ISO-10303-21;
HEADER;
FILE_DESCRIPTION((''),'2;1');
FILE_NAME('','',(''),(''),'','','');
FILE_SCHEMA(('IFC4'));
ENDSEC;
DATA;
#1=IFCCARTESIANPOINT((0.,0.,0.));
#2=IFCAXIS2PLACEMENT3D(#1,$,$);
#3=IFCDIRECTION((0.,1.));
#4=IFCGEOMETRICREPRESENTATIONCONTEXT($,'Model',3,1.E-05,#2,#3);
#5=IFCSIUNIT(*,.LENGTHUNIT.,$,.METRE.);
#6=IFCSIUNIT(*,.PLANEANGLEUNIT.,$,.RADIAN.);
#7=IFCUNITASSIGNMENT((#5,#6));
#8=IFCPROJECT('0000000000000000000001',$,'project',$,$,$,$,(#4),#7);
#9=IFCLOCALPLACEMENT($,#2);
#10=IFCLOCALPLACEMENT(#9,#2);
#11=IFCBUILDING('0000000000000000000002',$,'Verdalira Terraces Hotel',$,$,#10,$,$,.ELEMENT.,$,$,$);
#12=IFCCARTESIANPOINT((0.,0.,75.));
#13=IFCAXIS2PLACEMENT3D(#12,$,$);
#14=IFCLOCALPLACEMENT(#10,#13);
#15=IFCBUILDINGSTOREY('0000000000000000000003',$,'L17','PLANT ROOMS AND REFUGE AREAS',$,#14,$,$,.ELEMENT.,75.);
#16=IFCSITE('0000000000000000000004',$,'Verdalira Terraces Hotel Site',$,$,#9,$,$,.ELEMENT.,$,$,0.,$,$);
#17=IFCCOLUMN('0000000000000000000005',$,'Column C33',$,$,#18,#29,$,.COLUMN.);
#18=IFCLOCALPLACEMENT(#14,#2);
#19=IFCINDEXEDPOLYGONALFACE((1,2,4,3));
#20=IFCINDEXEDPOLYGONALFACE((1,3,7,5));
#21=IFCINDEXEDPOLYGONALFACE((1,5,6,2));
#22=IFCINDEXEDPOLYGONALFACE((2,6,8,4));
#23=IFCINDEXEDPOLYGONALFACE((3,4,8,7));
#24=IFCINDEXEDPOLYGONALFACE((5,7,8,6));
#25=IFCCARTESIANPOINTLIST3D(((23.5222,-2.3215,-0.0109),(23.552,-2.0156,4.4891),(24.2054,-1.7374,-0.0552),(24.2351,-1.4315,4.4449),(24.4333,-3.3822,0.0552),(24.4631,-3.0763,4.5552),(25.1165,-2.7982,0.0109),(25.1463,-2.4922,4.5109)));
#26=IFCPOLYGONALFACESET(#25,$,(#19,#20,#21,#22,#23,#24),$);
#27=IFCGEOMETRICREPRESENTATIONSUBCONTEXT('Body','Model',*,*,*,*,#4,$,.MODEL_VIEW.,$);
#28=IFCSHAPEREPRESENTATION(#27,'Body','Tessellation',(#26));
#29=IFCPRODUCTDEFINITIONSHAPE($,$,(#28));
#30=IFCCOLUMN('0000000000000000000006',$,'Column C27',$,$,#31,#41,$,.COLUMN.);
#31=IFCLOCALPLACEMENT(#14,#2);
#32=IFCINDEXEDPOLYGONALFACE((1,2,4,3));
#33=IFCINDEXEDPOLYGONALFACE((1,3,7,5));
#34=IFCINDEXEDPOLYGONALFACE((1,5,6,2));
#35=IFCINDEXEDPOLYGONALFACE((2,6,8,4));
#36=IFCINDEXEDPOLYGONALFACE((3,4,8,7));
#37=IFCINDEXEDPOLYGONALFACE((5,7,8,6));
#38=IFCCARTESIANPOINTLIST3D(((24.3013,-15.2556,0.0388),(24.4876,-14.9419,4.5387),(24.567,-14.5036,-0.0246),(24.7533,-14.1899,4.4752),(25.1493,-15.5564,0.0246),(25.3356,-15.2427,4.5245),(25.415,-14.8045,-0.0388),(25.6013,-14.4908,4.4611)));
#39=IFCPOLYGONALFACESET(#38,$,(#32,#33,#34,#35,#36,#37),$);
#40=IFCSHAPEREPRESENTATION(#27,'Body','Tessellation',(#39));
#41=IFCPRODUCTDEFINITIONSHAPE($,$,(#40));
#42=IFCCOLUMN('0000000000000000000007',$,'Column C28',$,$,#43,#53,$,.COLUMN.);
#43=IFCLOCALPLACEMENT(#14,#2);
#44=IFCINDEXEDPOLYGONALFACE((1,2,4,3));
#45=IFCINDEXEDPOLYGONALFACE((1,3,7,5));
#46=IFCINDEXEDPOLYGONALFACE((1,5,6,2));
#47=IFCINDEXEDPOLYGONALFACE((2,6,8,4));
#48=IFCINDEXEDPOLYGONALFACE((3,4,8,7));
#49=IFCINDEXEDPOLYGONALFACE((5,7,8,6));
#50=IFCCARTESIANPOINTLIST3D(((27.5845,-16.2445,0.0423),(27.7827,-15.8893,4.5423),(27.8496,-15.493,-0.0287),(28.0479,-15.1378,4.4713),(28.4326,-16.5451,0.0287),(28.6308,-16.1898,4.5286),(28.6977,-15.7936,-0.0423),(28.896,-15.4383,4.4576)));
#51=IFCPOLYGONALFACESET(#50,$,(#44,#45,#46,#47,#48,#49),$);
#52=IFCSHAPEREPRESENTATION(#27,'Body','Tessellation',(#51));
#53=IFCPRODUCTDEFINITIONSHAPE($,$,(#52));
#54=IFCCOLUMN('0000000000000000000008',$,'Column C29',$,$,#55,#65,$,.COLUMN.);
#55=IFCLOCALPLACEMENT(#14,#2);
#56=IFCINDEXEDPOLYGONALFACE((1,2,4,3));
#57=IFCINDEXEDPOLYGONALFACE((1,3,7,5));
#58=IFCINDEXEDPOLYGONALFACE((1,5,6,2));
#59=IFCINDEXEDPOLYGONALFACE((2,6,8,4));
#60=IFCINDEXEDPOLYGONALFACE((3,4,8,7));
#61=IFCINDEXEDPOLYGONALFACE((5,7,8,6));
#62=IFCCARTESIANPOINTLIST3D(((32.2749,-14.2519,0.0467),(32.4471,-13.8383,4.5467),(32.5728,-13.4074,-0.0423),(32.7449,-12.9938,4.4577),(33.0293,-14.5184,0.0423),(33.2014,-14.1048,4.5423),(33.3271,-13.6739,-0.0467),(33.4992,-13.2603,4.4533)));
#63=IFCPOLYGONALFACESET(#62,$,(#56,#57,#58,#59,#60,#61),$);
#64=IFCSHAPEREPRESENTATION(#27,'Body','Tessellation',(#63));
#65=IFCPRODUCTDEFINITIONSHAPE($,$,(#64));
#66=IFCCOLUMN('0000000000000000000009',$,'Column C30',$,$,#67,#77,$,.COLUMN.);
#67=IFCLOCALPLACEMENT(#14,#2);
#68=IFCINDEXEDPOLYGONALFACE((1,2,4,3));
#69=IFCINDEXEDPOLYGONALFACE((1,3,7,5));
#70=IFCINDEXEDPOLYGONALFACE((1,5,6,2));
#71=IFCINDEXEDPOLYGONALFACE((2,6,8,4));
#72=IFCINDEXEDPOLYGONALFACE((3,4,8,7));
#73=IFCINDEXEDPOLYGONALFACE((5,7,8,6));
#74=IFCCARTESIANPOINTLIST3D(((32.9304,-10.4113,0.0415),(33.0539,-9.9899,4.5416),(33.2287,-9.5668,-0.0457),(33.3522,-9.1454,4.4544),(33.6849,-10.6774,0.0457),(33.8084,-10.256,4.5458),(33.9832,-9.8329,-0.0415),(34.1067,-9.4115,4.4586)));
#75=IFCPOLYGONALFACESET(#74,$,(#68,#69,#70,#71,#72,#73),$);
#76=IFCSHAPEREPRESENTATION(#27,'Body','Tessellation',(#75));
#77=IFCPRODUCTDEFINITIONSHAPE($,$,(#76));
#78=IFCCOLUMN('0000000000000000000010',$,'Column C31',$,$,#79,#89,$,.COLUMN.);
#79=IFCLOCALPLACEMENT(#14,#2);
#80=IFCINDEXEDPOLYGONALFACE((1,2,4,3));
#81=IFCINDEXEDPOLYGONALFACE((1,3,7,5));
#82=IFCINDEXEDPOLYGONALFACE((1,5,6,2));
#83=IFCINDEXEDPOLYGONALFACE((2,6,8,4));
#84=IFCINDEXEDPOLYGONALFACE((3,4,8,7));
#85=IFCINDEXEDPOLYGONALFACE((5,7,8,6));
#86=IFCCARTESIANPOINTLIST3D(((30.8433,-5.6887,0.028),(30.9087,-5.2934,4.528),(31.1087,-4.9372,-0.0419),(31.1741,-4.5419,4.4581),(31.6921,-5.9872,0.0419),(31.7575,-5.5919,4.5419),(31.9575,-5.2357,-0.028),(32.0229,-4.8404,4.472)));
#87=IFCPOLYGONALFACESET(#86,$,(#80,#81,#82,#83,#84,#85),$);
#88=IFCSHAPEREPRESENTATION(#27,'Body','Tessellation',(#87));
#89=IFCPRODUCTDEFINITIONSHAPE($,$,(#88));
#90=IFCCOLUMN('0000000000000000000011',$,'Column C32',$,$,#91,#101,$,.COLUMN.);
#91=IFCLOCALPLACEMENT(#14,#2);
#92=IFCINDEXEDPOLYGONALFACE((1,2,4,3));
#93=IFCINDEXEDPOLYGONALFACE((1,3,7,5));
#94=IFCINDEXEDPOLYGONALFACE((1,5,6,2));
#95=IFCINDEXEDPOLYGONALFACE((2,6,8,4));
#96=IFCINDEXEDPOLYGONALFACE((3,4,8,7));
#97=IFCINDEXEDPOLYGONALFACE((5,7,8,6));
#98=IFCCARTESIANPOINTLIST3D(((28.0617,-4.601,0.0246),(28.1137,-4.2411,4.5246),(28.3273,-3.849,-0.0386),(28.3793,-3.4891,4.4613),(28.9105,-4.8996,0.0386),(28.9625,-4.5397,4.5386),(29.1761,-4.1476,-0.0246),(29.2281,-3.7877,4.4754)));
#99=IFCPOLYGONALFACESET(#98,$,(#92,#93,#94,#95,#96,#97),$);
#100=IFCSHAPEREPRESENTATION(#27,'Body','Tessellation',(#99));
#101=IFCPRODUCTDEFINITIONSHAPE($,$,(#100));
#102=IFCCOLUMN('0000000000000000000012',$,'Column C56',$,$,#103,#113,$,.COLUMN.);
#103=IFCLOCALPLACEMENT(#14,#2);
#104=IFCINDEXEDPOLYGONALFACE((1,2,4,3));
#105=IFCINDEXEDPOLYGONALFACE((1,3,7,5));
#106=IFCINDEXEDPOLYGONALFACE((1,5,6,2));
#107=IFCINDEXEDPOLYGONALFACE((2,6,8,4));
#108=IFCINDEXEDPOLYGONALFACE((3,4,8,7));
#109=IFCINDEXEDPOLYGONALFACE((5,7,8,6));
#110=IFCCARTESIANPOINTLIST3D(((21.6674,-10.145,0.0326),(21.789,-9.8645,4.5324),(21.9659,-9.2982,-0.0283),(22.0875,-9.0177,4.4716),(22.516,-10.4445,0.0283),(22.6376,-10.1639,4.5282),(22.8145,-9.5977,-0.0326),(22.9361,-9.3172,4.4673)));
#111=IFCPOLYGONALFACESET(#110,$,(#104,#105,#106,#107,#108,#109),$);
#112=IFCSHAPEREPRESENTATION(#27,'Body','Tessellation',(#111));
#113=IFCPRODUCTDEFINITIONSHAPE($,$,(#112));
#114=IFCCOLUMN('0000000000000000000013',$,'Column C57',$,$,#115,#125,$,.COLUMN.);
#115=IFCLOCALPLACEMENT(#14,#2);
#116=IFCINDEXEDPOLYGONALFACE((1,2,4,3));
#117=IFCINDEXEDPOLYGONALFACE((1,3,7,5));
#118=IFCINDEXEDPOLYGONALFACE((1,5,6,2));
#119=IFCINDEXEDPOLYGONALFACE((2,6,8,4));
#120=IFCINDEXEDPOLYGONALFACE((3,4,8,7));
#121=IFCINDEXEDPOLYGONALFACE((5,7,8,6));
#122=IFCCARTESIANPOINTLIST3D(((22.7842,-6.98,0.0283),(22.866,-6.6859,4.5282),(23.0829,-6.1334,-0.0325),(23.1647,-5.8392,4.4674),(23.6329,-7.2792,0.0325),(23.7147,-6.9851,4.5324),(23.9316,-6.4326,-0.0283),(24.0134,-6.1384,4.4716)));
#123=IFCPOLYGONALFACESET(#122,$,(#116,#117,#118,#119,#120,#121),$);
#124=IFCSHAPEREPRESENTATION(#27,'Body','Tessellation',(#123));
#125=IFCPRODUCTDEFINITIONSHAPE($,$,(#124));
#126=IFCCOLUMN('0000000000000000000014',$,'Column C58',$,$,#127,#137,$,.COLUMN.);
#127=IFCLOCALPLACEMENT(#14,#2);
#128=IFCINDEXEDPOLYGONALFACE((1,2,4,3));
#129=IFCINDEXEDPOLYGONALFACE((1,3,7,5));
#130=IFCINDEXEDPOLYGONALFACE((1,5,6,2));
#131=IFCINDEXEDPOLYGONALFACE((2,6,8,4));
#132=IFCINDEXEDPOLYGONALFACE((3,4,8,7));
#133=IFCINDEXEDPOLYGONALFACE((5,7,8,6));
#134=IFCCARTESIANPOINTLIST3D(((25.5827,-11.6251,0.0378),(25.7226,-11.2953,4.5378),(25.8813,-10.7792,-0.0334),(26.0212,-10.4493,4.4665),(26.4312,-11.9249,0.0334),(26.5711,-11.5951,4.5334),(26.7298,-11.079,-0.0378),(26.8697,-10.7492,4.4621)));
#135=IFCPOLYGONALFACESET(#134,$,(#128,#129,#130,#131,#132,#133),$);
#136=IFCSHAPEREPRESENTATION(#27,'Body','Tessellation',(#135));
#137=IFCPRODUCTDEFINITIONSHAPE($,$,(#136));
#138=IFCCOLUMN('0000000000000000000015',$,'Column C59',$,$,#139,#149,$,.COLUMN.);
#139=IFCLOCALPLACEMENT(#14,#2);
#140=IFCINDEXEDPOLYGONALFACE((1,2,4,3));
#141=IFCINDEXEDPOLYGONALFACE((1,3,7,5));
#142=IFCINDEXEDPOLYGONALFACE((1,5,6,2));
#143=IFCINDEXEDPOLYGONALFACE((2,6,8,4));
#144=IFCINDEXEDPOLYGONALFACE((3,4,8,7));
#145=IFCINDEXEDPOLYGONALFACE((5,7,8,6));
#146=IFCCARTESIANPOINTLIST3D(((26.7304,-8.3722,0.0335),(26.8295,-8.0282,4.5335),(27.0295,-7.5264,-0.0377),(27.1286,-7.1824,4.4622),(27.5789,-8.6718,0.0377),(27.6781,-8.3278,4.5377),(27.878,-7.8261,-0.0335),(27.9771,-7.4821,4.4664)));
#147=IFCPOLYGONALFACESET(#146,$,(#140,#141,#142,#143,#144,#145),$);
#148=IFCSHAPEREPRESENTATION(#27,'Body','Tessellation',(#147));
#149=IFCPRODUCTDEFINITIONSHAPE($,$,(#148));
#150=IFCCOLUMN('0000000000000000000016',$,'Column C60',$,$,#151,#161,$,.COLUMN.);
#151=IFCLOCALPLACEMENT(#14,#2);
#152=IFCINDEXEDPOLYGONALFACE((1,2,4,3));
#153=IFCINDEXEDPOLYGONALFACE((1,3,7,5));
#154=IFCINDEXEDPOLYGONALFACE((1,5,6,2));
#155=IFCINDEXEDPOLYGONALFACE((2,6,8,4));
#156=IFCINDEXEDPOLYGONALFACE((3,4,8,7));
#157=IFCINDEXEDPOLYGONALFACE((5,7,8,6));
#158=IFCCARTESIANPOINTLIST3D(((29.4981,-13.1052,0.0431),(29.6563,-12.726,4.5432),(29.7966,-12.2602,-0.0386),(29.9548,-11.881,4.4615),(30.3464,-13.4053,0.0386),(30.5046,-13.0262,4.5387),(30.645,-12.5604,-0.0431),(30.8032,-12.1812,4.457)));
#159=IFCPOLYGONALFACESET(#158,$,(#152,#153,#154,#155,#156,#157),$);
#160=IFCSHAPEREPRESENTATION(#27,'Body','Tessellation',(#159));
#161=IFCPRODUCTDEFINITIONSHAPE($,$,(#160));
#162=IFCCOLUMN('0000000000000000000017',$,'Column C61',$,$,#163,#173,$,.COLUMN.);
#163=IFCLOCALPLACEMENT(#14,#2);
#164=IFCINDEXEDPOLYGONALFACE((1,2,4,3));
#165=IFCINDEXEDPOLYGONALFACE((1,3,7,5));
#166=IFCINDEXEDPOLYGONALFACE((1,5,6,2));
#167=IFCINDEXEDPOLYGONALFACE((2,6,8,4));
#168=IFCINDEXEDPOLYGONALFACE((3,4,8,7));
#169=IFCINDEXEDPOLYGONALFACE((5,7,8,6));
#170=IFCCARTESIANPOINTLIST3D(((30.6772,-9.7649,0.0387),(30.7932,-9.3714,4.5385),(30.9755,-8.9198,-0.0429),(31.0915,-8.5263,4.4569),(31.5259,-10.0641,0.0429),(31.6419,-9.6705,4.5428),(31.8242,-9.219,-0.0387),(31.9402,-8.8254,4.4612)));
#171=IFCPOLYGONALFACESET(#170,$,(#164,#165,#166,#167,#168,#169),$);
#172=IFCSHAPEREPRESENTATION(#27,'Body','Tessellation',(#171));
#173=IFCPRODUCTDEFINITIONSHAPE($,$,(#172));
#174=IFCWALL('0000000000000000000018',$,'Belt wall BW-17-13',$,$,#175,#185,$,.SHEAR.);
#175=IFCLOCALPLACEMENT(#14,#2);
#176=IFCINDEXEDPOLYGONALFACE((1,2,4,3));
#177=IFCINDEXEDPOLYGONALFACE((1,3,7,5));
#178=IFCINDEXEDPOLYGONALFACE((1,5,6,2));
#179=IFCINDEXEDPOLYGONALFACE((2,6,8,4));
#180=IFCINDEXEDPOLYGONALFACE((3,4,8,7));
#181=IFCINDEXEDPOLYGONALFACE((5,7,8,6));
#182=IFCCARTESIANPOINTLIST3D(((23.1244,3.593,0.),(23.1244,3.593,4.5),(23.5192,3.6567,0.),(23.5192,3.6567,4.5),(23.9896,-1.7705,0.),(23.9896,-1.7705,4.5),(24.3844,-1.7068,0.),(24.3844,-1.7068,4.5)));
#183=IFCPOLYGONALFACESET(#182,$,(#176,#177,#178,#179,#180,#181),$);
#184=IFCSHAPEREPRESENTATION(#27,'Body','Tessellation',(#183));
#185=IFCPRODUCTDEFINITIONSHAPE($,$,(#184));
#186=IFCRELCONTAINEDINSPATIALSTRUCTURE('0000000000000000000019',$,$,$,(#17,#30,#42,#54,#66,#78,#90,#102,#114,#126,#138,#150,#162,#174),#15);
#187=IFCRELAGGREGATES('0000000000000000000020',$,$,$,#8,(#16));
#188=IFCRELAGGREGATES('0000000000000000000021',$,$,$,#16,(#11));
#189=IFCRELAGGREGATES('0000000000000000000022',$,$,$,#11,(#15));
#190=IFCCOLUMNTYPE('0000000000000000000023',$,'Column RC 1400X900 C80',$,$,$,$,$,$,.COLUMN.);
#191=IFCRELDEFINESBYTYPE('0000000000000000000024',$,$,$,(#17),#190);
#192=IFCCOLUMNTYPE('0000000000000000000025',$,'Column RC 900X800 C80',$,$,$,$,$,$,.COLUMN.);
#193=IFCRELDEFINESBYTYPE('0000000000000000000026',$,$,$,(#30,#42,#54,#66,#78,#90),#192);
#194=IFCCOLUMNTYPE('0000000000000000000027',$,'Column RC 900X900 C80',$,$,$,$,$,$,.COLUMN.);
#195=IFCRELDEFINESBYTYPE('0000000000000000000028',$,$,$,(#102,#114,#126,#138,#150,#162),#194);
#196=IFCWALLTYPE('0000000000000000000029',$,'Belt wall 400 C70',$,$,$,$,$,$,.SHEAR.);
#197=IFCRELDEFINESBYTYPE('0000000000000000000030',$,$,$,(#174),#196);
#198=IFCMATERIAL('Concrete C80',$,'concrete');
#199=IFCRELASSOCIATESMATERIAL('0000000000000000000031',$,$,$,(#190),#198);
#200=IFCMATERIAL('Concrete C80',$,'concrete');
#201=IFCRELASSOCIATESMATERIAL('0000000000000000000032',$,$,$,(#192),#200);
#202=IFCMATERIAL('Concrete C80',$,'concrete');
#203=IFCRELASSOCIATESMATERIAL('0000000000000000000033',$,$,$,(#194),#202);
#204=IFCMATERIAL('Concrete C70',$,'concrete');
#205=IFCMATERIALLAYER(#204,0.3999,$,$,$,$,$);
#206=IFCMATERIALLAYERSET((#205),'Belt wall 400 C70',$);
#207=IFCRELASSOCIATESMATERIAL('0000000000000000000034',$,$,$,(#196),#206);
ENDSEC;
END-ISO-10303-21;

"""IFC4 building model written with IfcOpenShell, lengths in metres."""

from ifc_helpers import new_model, si_unit, direction, frame, frame_2d, origin, origin_2d, place, context, subcontext, project, spatial, rectangle, extrude, material, layer, layer_set, material_profile, profile_set, type_object, element, save


model = new_model("IFC4")

# Units and contexts
model_context = context("Model", 3, precision=1e-05, world=origin(), true_north=direction((0.0, 1.0)))
body_context = subcontext(model_context, "Body", "Model", "MODEL_VIEW")
ifc_project = project(units=[si_unit("LENGTHUNIT", "METRE"), si_unit("PLANEANGLEUNIT", "RADIAN")], contexts=[model_context])

# Site, building, storey
site_placement = place(None, origin())
site = spatial("IfcSite", under=ifc_project, at=site_placement, Name="Verdalira Terraces Hotel Site", CompositionType="ELEMENT", RefElevation=0.0)
building_placement = place(site_placement, origin())
building = spatial("IfcBuilding", under=site, at=building_placement, Name="Verdalira Terraces Hotel", CompositionType="ELEMENT")
storey_placement = place(building_placement, frame((0.0, 0.0, 75.0)))
storey = spatial("IfcBuildingStorey", under=building, at=storey_placement, Name="L17", Description="PLANT ROOMS AND REFUGE AREAS", CompositionType="ELEMENT", Elevation=75.0)

# Columns
ifc_material_1 = material(Name="Concrete C80", Category="concrete")
ifc_material_profile_1 = material_profile(ifc_material_1, rectangle(XDim=1.3999, YDim=0.8999, at=origin_2d()), Name="RC 1400X900")
ifc_profile_set_1 = profile_set([ifc_material_profile_1], Name="Concrete C80")
column_type_1 = type_object("IfcColumnType", Name="Column RC 1400X900 C80", PredefinedType="COLUMN", material=ifc_profile_set_1)
column_1_placement = place(storey_placement, frame((24.3193, -2.5598, 0.0), z_axis=(0.006604, 0.067822, 0.997676), x_axis=(0.650855, -0.757733, 0.047202)))
element("IfcColumn", 1, at=column_1_placement, inside=storey, type_object=column_type_1, Name="Column C33", PredefinedType="COLUMN", context=body_context, shape_type="SweptSolid", body=[
    extrude(rectangle(XDim=1.3999, YDim=0.8999, at=origin_2d()), origin(), (0.0, 0.0, 1.0), 4.5105),
])
ifc_material_2 = material(Name="Concrete C80", Category="concrete")
ifc_material_profile_2 = material_profile(ifc_material_2, rectangle(XDim=0.8999, YDim=0.8, at=origin_2d()), Name="RC 900X800")
ifc_profile_set_2 = profile_set([ifc_material_profile_2], Name="Concrete C80")
column_type_2 = type_object("IfcColumnType", Name="Column RC 900X800 C80", PredefinedType="COLUMN", material=ifc_profile_set_2)
column_2_placement = place(storey_placement, frame((24.8582, -15.03, 0.0), z_axis=(0.04126, 0.069488, 0.996729), x_axis=(0.942329, -0.33432, -0.015701)))
element("IfcColumn", 2, at=column_2_placement, inside=storey, type_object=column_type_2, Name="Column C27", PredefinedType="COLUMN", context=body_context, shape_type="SweptSolid", body=[
    extrude(rectangle(XDim=0.8999, YDim=0.8, at=origin_2d()), origin(), (0.0, 0.0, 1.0), 4.5146),
])
column_3_placement = place(storey_placement, frame((28.1411, -16.019, 0.0), z_axis=(0.043875, 0.078618, 0.995939), x_axis=(0.942465, -0.333962, -0.015157)))
element("IfcColumn", 3, at=column_3_placement, inside=storey, type_object=column_type_2, Name="Column C28", PredefinedType="COLUMN", context=body_context, shape_type="SweptSolid", body=[
    extrude(rectangle(XDim=0.8999, YDim=0.8, at=origin_2d()), origin(), (0.0, 0.0, 1.0), 4.5183),
])
column_4_placement = place(storey_placement, frame((32.801, -13.9629, 0.0), z_axis=(0.038061, 0.091453, 0.995082), x_axis=(0.330961, 0.938447, -0.098907)))
element("IfcColumn", 4, at=column_4_placement, inside=storey, type_object=column_type_2, Name="Column C29", PredefinedType="COLUMN", context=body_context, shape_type="SweptSolid", body=[
    extrude(rectangle(XDim=0.8999, YDim=0.8, at=origin_2d()), origin(), (0.0, 0.0, 1.0), 4.5222),
])
column_5_placement = place(storey_placement, frame((33.4568, -10.1221, 0.0), z_axis=(0.027322, 0.093199, 0.995273), x_axis=(0.331508, 0.938455, -0.096979)))
element("IfcColumn", 5, at=column_5_placement, inside=storey, type_object=column_type_2, Name="Column C30", PredefinedType="COLUMN", context=body_context, shape_type="SweptSolid", body=[
    extrude(rectangle(XDim=0.8999, YDim=0.8, at=origin_2d()), origin(), (0.0, 0.0, 1.0), 4.5215),
])
column_6_placement = place(storey_placement, frame((31.4004, -5.4622, 0.0), z_axis=(0.014483, 0.08749, 0.99606), x_axis=(-0.943262, 0.331692, -0.01542)))
element("IfcColumn", 6, at=column_6_placement, inside=storey, type_object=column_type_2, Name="Column C31", PredefinedType="COLUMN", context=body_context, shape_type="SweptSolid", body=[
    extrude(rectangle(XDim=0.8999, YDim=0.8, at=origin_2d()), origin(), (0.0, 0.0, 1.0), 4.5178),
])
column_7_placement = place(storey_placement, frame((28.6189, -4.3743, 0.0), z_axis=(0.011518, 0.07971, 0.996752), x_axis=(-0.943215, 0.331813, -0.015635)))
element("IfcColumn", 7, at=column_7_placement, inside=storey, type_object=column_type_2, Name="Column C32", PredefinedType="COLUMN", context=body_context, shape_type="SweptSolid", body=[
    extrude(rectangle(XDim=0.8999, YDim=0.8, at=origin_2d()), origin(), (0.0, 0.0, 1.0), 4.5146),
])
ifc_material_3 = material(Name="Concrete C80", Category="concrete")
ifc_material_profile_3 = material_profile(ifc_material_3, rectangle(XDim=0.8999, YDim=0.8999, at=origin_2d()), Name="RC 900X900")
ifc_profile_set_3 = profile_set([ifc_material_profile_3], Name="Concrete C80")
column_type_3 = type_object("IfcColumnType", Name="Column RC 900X900 C80", PredefinedType="COLUMN", material=ifc_profile_set_3)
for number, where, z_axis, x_axis, name in (
    (8, (22.241, -9.8713, 0.0), (0.026956, 0.062194, 0.9977), (0.942993, -0.332777, -0.004734), "Column C56"),
    (9, (23.3579, -6.7063, 0.0), (0.018133, 0.065225, 0.997706), (0.943101, -0.332475, 0.004595), "Column C57"),
):
    element("IfcColumn", number, at=place(storey_placement, frame(where, z_axis=z_axis, x_axis=x_axis)), inside=storey, type_object=column_type_3, Name=name, PredefinedType="COLUMN", context=body_context, shape_type="SweptSolid", body=[
        extrude(rectangle(XDim=0.8999, YDim=0.8999, at=origin_2d()), origin(), (0.0, 0.0, 1.0), 4.5103),
    ])
for number, where, z_axis, x_axis, name in (
    (10, (26.1562, -11.3521, 0.0), (0.030989, 0.073065, 0.996846), (0.942838, -0.333215, -0.004887), "Column C58"),
    (11, (27.3042, -8.0991, 0.0), (0.021958, 0.076202, 0.996851), (0.942915, -0.333001, 0.004686), "Column C59"),
):
    element("IfcColumn", number, at=place(storey_placement, frame(where, z_axis=z_axis, x_axis=x_axis)), inside=storey, type_object=column_type_3, Name=name, PredefinedType="COLUMN", context=body_context, shape_type="SweptSolid", body=[
        extrude(rectangle(XDim=0.8999, YDim=0.8999, at=origin_2d()), origin(), (0.0, 0.0, 1.0), 4.5142),
    ])
column_8_placement = place(storey_placement, frame((30.0715, -12.8328, 0.0), z_axis=(0.035011, 0.083907, 0.995858), x_axis=(0.942716, -0.333559, -0.005038)))
element("IfcColumn", 12, at=column_8_placement, inside=storey, type_object=column_type_3, Name="Column C60", PredefinedType="COLUMN", context=body_context, shape_type="SweptSolid", body=[
    extrude(rectangle(XDim=0.8999, YDim=0.8999, at=origin_2d()), origin(), (0.0, 0.0, 1.0), 4.5188),
])
column_9_placement = place(storey_placement, frame((31.2507, -9.4919, 0.0), z_axis=(0.025664, 0.087095, 0.995869), x_axis=(0.943107, -0.332455, 0.004771)))
element("IfcColumn", 13, at=column_9_placement, inside=storey, type_object=column_type_3, Name="Column C61", PredefinedType="COLUMN", context=body_context, shape_type="SweptSolid", body=[
    extrude(rectangle(XDim=0.8999, YDim=0.8999, at=origin_2d()), origin(), (0.0, 0.0, 1.0), 4.5186),
])

# Wall
ifc_material_4 = material(Name="Concrete C70", Category="concrete")
ifc_layer_1 = layer(ifc_material_4, 0.3999)
ifc_layer_set_1 = layer_set([ifc_layer_1], Name="Belt wall 400 C70")
wall_type_1 = type_object("IfcWallType", Name="Belt wall 400 C70", PredefinedType="SHEAR", material=ifc_layer_set_1)
wall_1_placement = place(storey_placement, frame((24.187, -1.7385, 0.0), z_axis=(0.0, 0.0, 1.0), x_axis=(-0.159259, 0.987237, 0.0)))
element("IfcWall", 14, at=wall_1_placement, inside=storey, type_object=wall_type_1, Name="Belt wall BW-17-13", PredefinedType="SHEAR", context=body_context, shape_type="SweptSolid", body=[
    extrude(rectangle(XDim=5.4329, YDim=0.3999, at=frame_2d((2.7163, 0.0))), origin(), (0.0, 0.0, 1.0), 4.5),
])

save(model, "model.ifc")
